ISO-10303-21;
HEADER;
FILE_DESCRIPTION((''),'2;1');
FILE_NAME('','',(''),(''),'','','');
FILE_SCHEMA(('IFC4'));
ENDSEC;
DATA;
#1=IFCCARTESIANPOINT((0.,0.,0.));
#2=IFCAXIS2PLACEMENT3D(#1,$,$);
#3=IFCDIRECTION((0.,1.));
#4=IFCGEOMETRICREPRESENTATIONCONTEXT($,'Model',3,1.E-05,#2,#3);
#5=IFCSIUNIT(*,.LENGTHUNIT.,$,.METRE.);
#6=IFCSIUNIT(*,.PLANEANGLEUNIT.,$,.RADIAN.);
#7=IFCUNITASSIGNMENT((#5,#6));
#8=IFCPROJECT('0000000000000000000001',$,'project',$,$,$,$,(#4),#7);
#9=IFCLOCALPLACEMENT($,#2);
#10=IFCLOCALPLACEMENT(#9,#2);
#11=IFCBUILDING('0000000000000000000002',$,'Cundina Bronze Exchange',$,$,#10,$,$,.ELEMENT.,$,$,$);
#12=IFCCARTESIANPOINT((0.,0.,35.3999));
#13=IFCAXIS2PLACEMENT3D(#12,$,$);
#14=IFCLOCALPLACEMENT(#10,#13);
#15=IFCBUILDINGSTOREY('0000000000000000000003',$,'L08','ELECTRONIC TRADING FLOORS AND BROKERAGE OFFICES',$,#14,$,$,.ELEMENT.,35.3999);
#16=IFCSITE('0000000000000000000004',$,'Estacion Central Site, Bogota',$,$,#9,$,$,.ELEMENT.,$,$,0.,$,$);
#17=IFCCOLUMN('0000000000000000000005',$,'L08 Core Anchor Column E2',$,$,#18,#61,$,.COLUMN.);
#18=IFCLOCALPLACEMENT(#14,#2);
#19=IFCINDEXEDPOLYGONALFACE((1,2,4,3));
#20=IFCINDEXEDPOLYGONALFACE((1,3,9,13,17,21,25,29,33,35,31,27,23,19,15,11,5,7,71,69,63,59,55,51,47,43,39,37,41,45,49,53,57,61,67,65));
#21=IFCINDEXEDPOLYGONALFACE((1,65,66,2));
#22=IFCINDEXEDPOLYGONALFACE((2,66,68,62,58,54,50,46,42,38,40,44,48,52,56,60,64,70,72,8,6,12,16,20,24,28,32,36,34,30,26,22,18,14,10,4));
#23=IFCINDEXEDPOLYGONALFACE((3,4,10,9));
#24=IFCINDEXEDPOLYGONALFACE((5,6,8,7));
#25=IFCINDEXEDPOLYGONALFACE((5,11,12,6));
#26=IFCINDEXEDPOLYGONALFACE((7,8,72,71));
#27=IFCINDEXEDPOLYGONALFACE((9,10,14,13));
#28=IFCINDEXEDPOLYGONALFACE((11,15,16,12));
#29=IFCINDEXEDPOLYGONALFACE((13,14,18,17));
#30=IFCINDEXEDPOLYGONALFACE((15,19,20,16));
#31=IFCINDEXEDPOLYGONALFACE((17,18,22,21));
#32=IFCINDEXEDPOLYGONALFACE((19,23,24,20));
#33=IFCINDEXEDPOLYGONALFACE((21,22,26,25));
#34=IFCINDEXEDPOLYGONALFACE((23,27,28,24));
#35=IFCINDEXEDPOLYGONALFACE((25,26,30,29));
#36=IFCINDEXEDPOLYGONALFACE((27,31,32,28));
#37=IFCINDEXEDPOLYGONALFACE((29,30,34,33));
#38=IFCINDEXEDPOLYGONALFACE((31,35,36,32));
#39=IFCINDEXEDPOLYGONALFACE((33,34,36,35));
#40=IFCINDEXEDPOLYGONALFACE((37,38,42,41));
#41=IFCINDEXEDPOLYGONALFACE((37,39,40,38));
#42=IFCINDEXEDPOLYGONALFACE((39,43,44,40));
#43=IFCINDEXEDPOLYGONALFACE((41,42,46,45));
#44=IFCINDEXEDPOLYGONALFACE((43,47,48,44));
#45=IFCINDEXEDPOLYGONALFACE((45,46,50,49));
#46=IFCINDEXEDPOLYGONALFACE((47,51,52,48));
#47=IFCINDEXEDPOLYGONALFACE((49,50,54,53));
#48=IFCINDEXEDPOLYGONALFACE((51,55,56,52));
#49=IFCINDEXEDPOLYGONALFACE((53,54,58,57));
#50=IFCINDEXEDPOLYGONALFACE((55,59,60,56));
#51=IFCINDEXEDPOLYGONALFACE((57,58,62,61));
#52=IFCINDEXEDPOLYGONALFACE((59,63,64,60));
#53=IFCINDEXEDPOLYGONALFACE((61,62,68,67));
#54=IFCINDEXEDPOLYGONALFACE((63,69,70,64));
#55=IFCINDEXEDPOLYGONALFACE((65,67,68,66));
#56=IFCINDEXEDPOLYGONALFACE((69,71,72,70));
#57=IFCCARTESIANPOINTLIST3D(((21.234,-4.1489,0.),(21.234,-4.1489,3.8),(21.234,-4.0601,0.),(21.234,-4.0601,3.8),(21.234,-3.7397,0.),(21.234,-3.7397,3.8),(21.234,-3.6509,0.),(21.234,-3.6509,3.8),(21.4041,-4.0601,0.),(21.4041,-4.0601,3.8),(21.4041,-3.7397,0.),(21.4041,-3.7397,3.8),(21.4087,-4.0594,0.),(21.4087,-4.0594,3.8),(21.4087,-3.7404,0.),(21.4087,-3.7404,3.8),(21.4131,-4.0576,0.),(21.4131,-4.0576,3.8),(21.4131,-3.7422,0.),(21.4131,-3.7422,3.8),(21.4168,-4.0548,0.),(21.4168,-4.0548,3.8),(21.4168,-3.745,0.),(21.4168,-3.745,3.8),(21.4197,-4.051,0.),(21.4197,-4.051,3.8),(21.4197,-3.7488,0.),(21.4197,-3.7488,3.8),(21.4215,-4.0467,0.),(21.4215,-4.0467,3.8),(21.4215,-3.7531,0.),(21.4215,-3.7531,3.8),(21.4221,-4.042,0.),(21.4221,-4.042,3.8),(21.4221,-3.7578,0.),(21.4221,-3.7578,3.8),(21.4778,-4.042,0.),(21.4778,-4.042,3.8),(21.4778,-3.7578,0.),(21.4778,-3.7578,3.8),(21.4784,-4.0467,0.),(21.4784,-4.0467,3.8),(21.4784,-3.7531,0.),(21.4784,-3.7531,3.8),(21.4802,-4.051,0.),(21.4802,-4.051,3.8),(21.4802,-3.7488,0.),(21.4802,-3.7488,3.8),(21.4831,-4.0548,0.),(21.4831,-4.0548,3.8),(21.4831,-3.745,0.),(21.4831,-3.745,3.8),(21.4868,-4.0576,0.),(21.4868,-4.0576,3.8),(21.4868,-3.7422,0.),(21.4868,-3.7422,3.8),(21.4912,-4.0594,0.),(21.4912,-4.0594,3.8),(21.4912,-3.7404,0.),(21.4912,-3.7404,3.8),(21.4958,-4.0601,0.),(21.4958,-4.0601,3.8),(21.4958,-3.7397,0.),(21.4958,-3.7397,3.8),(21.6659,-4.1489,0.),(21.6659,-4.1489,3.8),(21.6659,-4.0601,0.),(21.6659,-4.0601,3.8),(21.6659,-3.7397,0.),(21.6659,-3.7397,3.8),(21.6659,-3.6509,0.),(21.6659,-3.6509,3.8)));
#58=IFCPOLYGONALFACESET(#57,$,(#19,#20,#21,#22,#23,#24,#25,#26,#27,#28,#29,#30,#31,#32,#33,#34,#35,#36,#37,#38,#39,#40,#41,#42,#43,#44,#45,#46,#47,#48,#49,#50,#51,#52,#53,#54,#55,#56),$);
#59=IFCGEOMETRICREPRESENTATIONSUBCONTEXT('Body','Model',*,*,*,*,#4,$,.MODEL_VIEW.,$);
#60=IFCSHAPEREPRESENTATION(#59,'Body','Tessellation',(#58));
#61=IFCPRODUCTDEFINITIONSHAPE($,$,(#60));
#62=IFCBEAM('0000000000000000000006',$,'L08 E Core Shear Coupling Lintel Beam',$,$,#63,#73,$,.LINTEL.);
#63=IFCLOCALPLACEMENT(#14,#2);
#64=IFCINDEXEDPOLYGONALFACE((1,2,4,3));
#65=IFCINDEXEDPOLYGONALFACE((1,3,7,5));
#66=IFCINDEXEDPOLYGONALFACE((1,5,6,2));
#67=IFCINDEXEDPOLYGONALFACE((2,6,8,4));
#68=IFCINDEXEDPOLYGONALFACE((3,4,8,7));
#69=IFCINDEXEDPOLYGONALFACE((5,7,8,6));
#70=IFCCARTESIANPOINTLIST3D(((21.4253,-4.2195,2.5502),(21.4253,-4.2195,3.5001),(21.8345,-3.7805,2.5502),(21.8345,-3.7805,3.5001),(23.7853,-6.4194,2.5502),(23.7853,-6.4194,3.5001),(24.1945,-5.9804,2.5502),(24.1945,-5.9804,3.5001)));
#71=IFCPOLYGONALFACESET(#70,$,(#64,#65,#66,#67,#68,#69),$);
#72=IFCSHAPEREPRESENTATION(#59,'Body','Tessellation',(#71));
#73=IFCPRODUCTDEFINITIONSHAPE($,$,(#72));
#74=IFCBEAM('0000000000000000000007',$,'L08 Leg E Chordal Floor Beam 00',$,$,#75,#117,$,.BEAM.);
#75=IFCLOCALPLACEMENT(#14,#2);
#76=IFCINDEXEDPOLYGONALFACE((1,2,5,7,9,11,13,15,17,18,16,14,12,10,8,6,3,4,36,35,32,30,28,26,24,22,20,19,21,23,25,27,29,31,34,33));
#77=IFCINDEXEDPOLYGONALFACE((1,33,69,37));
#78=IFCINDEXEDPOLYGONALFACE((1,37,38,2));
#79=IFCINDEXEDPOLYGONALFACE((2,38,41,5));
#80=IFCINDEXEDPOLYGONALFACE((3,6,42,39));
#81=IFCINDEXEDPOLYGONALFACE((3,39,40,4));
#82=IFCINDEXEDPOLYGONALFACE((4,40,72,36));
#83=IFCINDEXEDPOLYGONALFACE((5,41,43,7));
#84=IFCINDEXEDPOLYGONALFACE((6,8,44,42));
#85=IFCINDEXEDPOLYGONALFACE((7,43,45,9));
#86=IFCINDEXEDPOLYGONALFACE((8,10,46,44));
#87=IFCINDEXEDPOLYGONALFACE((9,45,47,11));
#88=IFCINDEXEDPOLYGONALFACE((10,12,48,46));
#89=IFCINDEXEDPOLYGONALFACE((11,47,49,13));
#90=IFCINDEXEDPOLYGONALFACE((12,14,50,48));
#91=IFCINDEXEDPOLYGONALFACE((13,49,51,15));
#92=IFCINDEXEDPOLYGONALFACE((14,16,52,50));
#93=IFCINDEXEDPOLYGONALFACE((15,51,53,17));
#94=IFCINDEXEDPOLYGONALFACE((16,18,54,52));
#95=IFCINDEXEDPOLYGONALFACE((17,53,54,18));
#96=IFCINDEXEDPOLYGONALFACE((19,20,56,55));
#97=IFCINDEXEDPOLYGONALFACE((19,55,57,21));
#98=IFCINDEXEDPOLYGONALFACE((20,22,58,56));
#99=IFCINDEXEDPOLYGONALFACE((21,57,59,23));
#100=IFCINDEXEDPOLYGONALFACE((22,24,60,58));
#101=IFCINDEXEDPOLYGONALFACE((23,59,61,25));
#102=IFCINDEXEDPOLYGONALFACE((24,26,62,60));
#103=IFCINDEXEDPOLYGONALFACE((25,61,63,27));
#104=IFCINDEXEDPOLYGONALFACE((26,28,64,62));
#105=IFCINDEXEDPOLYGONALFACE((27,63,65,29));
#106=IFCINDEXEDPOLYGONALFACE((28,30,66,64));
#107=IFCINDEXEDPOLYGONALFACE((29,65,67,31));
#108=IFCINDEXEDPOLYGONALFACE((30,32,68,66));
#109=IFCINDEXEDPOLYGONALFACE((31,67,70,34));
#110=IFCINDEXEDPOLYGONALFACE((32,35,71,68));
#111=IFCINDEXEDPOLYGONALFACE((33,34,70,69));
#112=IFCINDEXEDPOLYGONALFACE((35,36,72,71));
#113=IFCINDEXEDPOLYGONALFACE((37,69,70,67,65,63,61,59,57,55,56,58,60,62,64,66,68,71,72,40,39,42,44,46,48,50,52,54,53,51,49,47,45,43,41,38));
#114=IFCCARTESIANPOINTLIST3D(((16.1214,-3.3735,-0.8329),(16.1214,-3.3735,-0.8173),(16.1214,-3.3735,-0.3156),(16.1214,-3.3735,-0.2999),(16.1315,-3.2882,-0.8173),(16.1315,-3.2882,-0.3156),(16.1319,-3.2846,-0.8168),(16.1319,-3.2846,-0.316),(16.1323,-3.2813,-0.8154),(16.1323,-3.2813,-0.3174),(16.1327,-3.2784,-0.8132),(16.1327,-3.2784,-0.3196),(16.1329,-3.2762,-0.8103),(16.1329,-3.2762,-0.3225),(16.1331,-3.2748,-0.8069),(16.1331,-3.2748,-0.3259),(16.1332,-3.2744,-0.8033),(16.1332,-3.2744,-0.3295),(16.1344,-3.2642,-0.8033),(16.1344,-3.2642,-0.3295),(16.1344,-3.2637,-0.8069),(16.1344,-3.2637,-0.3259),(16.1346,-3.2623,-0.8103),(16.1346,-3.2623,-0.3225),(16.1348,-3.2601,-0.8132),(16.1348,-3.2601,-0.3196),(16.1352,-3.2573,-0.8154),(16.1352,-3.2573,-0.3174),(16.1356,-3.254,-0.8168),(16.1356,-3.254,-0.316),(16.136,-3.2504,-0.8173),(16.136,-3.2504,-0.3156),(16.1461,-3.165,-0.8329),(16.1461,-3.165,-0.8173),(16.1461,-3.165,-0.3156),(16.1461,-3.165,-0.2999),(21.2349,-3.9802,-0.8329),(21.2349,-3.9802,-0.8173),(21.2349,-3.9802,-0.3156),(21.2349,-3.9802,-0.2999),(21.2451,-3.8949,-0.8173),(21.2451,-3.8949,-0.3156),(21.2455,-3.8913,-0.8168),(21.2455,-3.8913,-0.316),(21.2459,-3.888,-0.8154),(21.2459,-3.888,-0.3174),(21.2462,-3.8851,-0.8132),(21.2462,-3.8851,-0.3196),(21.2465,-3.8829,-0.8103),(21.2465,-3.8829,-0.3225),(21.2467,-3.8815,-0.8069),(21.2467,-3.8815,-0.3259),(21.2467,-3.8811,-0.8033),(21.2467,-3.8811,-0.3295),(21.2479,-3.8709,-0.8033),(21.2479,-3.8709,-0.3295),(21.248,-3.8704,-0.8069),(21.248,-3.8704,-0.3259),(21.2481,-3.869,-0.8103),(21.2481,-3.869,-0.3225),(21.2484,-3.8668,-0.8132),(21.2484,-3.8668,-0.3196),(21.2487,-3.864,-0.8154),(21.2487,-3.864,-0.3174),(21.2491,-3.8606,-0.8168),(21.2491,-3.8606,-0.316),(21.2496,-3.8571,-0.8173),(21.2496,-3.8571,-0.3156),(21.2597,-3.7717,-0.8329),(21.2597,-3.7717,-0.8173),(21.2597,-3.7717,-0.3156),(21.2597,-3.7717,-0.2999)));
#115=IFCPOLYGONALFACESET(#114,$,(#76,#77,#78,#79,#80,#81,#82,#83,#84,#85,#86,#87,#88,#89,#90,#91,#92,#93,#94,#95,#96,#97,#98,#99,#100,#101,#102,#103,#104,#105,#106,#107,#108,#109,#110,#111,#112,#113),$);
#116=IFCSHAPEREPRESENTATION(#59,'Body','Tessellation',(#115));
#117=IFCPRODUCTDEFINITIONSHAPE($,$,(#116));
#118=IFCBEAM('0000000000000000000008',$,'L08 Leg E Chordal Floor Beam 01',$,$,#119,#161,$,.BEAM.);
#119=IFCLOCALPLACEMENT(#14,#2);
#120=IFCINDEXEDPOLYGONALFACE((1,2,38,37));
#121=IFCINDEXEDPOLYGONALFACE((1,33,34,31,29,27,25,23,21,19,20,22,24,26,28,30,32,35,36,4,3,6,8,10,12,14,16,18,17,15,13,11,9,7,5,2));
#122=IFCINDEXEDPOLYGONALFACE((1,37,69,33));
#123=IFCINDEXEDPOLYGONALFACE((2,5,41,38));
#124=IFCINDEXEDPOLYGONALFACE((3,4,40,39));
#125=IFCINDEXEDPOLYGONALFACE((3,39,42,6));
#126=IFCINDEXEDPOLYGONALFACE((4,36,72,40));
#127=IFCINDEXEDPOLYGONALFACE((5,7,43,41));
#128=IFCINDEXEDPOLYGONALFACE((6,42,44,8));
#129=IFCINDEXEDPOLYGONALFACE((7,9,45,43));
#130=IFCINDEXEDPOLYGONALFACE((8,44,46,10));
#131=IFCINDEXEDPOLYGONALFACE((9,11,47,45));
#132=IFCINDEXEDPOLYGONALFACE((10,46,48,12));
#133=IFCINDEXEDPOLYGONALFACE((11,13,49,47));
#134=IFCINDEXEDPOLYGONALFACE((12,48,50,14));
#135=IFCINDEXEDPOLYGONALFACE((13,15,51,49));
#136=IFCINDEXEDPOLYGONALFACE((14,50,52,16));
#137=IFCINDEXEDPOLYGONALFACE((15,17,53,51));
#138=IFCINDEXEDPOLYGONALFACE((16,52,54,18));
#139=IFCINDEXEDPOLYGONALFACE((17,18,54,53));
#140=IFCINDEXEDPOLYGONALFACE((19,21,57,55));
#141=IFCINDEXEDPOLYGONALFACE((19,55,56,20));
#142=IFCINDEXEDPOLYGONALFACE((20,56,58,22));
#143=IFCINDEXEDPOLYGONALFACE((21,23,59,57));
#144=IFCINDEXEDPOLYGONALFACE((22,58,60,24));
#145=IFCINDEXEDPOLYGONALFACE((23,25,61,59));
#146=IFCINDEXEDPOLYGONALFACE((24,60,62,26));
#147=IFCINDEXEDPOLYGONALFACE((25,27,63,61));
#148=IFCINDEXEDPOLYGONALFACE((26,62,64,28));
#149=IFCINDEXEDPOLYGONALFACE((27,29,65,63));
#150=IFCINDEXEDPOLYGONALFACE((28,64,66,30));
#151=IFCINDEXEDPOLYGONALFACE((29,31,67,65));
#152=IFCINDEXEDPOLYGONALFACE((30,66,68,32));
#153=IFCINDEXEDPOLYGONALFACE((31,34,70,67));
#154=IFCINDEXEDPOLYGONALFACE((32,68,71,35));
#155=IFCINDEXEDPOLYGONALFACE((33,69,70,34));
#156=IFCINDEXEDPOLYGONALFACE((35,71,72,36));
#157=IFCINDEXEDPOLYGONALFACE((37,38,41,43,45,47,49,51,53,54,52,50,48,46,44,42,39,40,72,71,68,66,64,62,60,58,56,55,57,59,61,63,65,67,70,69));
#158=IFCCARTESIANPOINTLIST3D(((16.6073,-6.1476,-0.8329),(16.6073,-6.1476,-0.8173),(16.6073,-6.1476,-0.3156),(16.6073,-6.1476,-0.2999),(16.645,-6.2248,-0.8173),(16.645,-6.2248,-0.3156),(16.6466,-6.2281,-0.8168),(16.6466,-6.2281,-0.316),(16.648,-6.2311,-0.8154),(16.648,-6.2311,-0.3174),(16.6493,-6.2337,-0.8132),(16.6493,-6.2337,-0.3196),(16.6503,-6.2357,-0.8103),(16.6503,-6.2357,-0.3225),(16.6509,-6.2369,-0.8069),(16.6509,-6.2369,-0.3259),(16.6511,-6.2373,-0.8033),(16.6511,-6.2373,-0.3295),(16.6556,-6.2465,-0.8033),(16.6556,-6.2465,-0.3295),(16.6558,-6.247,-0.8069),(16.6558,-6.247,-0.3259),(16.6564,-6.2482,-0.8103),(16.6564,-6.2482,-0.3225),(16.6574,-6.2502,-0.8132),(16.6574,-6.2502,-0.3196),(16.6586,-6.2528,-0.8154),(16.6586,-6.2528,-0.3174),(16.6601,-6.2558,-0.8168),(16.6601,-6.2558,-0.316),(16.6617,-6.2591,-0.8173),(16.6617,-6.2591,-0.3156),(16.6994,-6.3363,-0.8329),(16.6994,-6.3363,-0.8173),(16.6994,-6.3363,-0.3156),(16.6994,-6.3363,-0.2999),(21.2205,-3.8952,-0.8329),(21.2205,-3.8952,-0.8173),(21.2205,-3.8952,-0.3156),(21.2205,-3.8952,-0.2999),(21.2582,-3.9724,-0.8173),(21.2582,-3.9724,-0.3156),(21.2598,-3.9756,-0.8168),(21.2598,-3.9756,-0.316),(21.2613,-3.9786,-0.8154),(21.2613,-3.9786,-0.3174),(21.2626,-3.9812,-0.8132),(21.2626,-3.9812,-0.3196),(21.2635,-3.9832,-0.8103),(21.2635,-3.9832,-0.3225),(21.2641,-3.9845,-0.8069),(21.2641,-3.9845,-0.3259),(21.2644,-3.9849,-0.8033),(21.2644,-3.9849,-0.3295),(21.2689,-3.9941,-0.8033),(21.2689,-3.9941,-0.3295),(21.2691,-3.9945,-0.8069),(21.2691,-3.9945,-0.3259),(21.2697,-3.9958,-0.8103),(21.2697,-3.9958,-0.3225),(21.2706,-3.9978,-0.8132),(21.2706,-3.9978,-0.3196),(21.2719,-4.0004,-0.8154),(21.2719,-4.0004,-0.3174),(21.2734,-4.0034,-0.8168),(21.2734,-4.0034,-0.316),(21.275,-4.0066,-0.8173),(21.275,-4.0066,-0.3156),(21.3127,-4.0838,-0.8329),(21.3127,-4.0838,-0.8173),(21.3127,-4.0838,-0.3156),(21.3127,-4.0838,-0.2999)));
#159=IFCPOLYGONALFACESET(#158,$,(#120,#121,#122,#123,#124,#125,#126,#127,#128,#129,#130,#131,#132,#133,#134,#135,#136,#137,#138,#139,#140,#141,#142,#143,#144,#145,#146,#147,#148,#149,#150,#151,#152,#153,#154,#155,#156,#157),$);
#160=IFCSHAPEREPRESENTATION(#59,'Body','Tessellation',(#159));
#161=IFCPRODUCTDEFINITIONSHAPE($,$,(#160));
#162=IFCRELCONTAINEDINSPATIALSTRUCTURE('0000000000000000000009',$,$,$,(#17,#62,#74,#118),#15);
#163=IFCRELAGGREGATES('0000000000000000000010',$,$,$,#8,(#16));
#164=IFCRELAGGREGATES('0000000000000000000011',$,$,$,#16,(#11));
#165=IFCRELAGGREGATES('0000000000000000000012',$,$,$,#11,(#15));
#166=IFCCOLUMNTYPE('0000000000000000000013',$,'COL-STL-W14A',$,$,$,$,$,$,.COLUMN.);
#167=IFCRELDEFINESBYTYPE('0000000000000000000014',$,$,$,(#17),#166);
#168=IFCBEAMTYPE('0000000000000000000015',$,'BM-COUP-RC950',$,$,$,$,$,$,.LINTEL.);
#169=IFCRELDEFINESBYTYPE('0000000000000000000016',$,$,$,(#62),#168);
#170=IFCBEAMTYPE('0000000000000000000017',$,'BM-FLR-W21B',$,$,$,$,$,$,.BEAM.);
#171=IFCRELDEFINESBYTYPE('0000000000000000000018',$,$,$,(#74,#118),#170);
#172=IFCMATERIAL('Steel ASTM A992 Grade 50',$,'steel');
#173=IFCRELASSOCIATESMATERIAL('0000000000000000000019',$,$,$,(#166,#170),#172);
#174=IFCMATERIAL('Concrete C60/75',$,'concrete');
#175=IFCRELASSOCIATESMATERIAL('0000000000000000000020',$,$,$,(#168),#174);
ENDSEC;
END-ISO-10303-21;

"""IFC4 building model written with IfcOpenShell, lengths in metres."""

from ifc_helpers import new_model, si_unit, direction, frame, origin, origin_2d, place, context, subcontext, project, spatial, rectangle, i_section, extrude, material, material_profile, profile_set, type_object, element, save


model = new_model("IFC4")

# Units and contexts
model_context = context("Model", 3, precision=1e-05, world=origin(), true_north=direction((0.0, 1.0)))
body_context = subcontext(model_context, "Body", "Model", "MODEL_VIEW")
ifc_project = project(units=[si_unit("LENGTHUNIT", "METRE"), si_unit("PLANEANGLEUNIT", "RADIAN")], contexts=[model_context])

# Site, building, storey
site_placement = place(None, origin())
site = spatial("IfcSite", under=ifc_project, at=site_placement, Name="Estacion Central Site, Bogota", CompositionType="ELEMENT", RefElevation=0.0)
building_placement = place(site_placement, origin())
building = spatial("IfcBuilding", under=site, at=building_placement, Name="Cundina Bronze Exchange", CompositionType="ELEMENT")
storey_placement = place(building_placement, frame((0.0, 0.0, 35.3999)))
storey = spatial("IfcBuildingStorey", under=building, at=storey_placement, Name="L08", Description="ELECTRONIC TRADING FLOORS AND BROKERAGE OFFICES", CompositionType="ELEMENT", Elevation=35.3999)

# Column
ifc_material_1 = material(Name="Steel ASTM A992 Grade 50", Category="steel")
ifc_material_profile_1 = material_profile(ifc_material_1, i_section(OverallWidth=0.4319, OverallDepth=0.498, WebThickness=0.0557, FlangeThickness=0.0889, FilletRadius=0.0181, at=origin_2d()), Name="W14X500", Category="steel")
ifc_profile_set_1 = profile_set([ifc_material_profile_1], Name="Steel ASTM A992 Grade 50")
column_type = type_object("IfcColumnType", Name="COL-STL-W14A", PredefinedType="COLUMN", material=ifc_profile_set_1)
column_placement = place(storey_placement, frame((21.45, -3.8999, 0.0), z_axis=(0.0, 0.0, 1.0), x_axis=(1.0, 0.0, 0.0)))
element("IfcColumn", 1, at=column_placement, inside=storey, type_object=column_type, Name="L08 Core Anchor Column E2", PredefinedType="COLUMN", context=body_context, shape_type="SweptSolid", body=[
    extrude(i_section(OverallWidth=0.4319, OverallDepth=0.498, WebThickness=0.0557, FlangeThickness=0.0889, FilletRadius=0.0181, at=origin_2d()), origin(), (0.0, 0.0, 1.0), 3.8),
])

# Beams
ifc_material_2 = material(Name="Concrete C60/75", Category="concrete")
ifc_material_profile_2 = material_profile(ifc_material_2, rectangle(XDim=0.6001, YDim=0.95, at=origin_2d()), Name="RC600X950", Category="concrete")
ifc_profile_set_2 = profile_set([ifc_material_profile_2], Name="Concrete C60/75")
beam_type_1 = type_object("IfcBeamType", Name="BM-COUP-RC950", PredefinedType="LINTEL", material=ifc_profile_set_2)
beam_1_placement = place(storey_placement, frame((21.6299, -4.0, 3.0251), z_axis=(0.73149, -0.681852, 0.0), x_axis=(0.681852, 0.73149, 0.0)))
element("IfcBeam", 2, at=beam_1_placement, inside=storey, type_object=beam_type_1, Name="L08 E Core Shear Coupling Lintel Beam", PredefinedType="LINTEL", context=body_context, shape_type="SweptSolid", body=[
    extrude(rectangle(XDim=0.6001, YDim=0.95, at=origin_2d()), origin(), (0.0, 0.0, 1.0), 3.2263),
])
ifc_material_profile_3 = material_profile(ifc_material_1, i_section(OverallWidth=0.21, OverallDepth=0.533, WebThickness=0.0103, FlangeThickness=0.0156, FilletRadius=0.0139, at=origin_2d()), Name="W21X62", Category="steel")
ifc_profile_set_3 = profile_set([ifc_material_profile_3], Name="Steel ASTM A992 Grade 50")
beam_type_2 = type_object("IfcBeamType", Name="BM-FLR-W21B", PredefinedType="BEAM", material=ifc_profile_set_3)
beam_2_placement = place(storey_placement, frame((21.2473, -3.876, -0.5664), z_axis=(-0.993035, 0.117818, 0.0), x_axis=(-0.117818, -0.993035, 0.0)))
element("IfcBeam", 3, at=beam_2_placement, inside=storey, type_object=beam_type_2, Name="L08 Leg E Chordal Floor Beam 00", PredefinedType="BEAM", context=body_context, shape_type="SweptSolid", body=[
    extrude(i_section(OverallWidth=0.21, OverallDepth=0.533, WebThickness=0.0103, FlangeThickness=0.0156, FilletRadius=0.0139, at=origin_2d()), origin(), (0.0, 0.0, 1.0), 5.1494),
])
beam_3_placement = place(storey_placement, frame((21.2666, -3.9895, -0.5664), z_axis=(-0.89861, -0.438748, 0.0), x_axis=(0.438748, -0.89861, 0.0)))
element("IfcBeam", 4, at=beam_3_placement, inside=storey, type_object=beam_type_2, Name="L08 Leg E Chordal Floor Beam 01", PredefinedType="BEAM", context=body_context, shape_type="SweptSolid", body=[
    extrude(i_section(OverallWidth=0.21, OverallDepth=0.533, WebThickness=0.0103, FlangeThickness=0.0156, FilletRadius=0.0139, at=origin_2d()), origin(), (0.0, 0.0, 1.0), 5.1338),
])

save(model, "model.ifc")
